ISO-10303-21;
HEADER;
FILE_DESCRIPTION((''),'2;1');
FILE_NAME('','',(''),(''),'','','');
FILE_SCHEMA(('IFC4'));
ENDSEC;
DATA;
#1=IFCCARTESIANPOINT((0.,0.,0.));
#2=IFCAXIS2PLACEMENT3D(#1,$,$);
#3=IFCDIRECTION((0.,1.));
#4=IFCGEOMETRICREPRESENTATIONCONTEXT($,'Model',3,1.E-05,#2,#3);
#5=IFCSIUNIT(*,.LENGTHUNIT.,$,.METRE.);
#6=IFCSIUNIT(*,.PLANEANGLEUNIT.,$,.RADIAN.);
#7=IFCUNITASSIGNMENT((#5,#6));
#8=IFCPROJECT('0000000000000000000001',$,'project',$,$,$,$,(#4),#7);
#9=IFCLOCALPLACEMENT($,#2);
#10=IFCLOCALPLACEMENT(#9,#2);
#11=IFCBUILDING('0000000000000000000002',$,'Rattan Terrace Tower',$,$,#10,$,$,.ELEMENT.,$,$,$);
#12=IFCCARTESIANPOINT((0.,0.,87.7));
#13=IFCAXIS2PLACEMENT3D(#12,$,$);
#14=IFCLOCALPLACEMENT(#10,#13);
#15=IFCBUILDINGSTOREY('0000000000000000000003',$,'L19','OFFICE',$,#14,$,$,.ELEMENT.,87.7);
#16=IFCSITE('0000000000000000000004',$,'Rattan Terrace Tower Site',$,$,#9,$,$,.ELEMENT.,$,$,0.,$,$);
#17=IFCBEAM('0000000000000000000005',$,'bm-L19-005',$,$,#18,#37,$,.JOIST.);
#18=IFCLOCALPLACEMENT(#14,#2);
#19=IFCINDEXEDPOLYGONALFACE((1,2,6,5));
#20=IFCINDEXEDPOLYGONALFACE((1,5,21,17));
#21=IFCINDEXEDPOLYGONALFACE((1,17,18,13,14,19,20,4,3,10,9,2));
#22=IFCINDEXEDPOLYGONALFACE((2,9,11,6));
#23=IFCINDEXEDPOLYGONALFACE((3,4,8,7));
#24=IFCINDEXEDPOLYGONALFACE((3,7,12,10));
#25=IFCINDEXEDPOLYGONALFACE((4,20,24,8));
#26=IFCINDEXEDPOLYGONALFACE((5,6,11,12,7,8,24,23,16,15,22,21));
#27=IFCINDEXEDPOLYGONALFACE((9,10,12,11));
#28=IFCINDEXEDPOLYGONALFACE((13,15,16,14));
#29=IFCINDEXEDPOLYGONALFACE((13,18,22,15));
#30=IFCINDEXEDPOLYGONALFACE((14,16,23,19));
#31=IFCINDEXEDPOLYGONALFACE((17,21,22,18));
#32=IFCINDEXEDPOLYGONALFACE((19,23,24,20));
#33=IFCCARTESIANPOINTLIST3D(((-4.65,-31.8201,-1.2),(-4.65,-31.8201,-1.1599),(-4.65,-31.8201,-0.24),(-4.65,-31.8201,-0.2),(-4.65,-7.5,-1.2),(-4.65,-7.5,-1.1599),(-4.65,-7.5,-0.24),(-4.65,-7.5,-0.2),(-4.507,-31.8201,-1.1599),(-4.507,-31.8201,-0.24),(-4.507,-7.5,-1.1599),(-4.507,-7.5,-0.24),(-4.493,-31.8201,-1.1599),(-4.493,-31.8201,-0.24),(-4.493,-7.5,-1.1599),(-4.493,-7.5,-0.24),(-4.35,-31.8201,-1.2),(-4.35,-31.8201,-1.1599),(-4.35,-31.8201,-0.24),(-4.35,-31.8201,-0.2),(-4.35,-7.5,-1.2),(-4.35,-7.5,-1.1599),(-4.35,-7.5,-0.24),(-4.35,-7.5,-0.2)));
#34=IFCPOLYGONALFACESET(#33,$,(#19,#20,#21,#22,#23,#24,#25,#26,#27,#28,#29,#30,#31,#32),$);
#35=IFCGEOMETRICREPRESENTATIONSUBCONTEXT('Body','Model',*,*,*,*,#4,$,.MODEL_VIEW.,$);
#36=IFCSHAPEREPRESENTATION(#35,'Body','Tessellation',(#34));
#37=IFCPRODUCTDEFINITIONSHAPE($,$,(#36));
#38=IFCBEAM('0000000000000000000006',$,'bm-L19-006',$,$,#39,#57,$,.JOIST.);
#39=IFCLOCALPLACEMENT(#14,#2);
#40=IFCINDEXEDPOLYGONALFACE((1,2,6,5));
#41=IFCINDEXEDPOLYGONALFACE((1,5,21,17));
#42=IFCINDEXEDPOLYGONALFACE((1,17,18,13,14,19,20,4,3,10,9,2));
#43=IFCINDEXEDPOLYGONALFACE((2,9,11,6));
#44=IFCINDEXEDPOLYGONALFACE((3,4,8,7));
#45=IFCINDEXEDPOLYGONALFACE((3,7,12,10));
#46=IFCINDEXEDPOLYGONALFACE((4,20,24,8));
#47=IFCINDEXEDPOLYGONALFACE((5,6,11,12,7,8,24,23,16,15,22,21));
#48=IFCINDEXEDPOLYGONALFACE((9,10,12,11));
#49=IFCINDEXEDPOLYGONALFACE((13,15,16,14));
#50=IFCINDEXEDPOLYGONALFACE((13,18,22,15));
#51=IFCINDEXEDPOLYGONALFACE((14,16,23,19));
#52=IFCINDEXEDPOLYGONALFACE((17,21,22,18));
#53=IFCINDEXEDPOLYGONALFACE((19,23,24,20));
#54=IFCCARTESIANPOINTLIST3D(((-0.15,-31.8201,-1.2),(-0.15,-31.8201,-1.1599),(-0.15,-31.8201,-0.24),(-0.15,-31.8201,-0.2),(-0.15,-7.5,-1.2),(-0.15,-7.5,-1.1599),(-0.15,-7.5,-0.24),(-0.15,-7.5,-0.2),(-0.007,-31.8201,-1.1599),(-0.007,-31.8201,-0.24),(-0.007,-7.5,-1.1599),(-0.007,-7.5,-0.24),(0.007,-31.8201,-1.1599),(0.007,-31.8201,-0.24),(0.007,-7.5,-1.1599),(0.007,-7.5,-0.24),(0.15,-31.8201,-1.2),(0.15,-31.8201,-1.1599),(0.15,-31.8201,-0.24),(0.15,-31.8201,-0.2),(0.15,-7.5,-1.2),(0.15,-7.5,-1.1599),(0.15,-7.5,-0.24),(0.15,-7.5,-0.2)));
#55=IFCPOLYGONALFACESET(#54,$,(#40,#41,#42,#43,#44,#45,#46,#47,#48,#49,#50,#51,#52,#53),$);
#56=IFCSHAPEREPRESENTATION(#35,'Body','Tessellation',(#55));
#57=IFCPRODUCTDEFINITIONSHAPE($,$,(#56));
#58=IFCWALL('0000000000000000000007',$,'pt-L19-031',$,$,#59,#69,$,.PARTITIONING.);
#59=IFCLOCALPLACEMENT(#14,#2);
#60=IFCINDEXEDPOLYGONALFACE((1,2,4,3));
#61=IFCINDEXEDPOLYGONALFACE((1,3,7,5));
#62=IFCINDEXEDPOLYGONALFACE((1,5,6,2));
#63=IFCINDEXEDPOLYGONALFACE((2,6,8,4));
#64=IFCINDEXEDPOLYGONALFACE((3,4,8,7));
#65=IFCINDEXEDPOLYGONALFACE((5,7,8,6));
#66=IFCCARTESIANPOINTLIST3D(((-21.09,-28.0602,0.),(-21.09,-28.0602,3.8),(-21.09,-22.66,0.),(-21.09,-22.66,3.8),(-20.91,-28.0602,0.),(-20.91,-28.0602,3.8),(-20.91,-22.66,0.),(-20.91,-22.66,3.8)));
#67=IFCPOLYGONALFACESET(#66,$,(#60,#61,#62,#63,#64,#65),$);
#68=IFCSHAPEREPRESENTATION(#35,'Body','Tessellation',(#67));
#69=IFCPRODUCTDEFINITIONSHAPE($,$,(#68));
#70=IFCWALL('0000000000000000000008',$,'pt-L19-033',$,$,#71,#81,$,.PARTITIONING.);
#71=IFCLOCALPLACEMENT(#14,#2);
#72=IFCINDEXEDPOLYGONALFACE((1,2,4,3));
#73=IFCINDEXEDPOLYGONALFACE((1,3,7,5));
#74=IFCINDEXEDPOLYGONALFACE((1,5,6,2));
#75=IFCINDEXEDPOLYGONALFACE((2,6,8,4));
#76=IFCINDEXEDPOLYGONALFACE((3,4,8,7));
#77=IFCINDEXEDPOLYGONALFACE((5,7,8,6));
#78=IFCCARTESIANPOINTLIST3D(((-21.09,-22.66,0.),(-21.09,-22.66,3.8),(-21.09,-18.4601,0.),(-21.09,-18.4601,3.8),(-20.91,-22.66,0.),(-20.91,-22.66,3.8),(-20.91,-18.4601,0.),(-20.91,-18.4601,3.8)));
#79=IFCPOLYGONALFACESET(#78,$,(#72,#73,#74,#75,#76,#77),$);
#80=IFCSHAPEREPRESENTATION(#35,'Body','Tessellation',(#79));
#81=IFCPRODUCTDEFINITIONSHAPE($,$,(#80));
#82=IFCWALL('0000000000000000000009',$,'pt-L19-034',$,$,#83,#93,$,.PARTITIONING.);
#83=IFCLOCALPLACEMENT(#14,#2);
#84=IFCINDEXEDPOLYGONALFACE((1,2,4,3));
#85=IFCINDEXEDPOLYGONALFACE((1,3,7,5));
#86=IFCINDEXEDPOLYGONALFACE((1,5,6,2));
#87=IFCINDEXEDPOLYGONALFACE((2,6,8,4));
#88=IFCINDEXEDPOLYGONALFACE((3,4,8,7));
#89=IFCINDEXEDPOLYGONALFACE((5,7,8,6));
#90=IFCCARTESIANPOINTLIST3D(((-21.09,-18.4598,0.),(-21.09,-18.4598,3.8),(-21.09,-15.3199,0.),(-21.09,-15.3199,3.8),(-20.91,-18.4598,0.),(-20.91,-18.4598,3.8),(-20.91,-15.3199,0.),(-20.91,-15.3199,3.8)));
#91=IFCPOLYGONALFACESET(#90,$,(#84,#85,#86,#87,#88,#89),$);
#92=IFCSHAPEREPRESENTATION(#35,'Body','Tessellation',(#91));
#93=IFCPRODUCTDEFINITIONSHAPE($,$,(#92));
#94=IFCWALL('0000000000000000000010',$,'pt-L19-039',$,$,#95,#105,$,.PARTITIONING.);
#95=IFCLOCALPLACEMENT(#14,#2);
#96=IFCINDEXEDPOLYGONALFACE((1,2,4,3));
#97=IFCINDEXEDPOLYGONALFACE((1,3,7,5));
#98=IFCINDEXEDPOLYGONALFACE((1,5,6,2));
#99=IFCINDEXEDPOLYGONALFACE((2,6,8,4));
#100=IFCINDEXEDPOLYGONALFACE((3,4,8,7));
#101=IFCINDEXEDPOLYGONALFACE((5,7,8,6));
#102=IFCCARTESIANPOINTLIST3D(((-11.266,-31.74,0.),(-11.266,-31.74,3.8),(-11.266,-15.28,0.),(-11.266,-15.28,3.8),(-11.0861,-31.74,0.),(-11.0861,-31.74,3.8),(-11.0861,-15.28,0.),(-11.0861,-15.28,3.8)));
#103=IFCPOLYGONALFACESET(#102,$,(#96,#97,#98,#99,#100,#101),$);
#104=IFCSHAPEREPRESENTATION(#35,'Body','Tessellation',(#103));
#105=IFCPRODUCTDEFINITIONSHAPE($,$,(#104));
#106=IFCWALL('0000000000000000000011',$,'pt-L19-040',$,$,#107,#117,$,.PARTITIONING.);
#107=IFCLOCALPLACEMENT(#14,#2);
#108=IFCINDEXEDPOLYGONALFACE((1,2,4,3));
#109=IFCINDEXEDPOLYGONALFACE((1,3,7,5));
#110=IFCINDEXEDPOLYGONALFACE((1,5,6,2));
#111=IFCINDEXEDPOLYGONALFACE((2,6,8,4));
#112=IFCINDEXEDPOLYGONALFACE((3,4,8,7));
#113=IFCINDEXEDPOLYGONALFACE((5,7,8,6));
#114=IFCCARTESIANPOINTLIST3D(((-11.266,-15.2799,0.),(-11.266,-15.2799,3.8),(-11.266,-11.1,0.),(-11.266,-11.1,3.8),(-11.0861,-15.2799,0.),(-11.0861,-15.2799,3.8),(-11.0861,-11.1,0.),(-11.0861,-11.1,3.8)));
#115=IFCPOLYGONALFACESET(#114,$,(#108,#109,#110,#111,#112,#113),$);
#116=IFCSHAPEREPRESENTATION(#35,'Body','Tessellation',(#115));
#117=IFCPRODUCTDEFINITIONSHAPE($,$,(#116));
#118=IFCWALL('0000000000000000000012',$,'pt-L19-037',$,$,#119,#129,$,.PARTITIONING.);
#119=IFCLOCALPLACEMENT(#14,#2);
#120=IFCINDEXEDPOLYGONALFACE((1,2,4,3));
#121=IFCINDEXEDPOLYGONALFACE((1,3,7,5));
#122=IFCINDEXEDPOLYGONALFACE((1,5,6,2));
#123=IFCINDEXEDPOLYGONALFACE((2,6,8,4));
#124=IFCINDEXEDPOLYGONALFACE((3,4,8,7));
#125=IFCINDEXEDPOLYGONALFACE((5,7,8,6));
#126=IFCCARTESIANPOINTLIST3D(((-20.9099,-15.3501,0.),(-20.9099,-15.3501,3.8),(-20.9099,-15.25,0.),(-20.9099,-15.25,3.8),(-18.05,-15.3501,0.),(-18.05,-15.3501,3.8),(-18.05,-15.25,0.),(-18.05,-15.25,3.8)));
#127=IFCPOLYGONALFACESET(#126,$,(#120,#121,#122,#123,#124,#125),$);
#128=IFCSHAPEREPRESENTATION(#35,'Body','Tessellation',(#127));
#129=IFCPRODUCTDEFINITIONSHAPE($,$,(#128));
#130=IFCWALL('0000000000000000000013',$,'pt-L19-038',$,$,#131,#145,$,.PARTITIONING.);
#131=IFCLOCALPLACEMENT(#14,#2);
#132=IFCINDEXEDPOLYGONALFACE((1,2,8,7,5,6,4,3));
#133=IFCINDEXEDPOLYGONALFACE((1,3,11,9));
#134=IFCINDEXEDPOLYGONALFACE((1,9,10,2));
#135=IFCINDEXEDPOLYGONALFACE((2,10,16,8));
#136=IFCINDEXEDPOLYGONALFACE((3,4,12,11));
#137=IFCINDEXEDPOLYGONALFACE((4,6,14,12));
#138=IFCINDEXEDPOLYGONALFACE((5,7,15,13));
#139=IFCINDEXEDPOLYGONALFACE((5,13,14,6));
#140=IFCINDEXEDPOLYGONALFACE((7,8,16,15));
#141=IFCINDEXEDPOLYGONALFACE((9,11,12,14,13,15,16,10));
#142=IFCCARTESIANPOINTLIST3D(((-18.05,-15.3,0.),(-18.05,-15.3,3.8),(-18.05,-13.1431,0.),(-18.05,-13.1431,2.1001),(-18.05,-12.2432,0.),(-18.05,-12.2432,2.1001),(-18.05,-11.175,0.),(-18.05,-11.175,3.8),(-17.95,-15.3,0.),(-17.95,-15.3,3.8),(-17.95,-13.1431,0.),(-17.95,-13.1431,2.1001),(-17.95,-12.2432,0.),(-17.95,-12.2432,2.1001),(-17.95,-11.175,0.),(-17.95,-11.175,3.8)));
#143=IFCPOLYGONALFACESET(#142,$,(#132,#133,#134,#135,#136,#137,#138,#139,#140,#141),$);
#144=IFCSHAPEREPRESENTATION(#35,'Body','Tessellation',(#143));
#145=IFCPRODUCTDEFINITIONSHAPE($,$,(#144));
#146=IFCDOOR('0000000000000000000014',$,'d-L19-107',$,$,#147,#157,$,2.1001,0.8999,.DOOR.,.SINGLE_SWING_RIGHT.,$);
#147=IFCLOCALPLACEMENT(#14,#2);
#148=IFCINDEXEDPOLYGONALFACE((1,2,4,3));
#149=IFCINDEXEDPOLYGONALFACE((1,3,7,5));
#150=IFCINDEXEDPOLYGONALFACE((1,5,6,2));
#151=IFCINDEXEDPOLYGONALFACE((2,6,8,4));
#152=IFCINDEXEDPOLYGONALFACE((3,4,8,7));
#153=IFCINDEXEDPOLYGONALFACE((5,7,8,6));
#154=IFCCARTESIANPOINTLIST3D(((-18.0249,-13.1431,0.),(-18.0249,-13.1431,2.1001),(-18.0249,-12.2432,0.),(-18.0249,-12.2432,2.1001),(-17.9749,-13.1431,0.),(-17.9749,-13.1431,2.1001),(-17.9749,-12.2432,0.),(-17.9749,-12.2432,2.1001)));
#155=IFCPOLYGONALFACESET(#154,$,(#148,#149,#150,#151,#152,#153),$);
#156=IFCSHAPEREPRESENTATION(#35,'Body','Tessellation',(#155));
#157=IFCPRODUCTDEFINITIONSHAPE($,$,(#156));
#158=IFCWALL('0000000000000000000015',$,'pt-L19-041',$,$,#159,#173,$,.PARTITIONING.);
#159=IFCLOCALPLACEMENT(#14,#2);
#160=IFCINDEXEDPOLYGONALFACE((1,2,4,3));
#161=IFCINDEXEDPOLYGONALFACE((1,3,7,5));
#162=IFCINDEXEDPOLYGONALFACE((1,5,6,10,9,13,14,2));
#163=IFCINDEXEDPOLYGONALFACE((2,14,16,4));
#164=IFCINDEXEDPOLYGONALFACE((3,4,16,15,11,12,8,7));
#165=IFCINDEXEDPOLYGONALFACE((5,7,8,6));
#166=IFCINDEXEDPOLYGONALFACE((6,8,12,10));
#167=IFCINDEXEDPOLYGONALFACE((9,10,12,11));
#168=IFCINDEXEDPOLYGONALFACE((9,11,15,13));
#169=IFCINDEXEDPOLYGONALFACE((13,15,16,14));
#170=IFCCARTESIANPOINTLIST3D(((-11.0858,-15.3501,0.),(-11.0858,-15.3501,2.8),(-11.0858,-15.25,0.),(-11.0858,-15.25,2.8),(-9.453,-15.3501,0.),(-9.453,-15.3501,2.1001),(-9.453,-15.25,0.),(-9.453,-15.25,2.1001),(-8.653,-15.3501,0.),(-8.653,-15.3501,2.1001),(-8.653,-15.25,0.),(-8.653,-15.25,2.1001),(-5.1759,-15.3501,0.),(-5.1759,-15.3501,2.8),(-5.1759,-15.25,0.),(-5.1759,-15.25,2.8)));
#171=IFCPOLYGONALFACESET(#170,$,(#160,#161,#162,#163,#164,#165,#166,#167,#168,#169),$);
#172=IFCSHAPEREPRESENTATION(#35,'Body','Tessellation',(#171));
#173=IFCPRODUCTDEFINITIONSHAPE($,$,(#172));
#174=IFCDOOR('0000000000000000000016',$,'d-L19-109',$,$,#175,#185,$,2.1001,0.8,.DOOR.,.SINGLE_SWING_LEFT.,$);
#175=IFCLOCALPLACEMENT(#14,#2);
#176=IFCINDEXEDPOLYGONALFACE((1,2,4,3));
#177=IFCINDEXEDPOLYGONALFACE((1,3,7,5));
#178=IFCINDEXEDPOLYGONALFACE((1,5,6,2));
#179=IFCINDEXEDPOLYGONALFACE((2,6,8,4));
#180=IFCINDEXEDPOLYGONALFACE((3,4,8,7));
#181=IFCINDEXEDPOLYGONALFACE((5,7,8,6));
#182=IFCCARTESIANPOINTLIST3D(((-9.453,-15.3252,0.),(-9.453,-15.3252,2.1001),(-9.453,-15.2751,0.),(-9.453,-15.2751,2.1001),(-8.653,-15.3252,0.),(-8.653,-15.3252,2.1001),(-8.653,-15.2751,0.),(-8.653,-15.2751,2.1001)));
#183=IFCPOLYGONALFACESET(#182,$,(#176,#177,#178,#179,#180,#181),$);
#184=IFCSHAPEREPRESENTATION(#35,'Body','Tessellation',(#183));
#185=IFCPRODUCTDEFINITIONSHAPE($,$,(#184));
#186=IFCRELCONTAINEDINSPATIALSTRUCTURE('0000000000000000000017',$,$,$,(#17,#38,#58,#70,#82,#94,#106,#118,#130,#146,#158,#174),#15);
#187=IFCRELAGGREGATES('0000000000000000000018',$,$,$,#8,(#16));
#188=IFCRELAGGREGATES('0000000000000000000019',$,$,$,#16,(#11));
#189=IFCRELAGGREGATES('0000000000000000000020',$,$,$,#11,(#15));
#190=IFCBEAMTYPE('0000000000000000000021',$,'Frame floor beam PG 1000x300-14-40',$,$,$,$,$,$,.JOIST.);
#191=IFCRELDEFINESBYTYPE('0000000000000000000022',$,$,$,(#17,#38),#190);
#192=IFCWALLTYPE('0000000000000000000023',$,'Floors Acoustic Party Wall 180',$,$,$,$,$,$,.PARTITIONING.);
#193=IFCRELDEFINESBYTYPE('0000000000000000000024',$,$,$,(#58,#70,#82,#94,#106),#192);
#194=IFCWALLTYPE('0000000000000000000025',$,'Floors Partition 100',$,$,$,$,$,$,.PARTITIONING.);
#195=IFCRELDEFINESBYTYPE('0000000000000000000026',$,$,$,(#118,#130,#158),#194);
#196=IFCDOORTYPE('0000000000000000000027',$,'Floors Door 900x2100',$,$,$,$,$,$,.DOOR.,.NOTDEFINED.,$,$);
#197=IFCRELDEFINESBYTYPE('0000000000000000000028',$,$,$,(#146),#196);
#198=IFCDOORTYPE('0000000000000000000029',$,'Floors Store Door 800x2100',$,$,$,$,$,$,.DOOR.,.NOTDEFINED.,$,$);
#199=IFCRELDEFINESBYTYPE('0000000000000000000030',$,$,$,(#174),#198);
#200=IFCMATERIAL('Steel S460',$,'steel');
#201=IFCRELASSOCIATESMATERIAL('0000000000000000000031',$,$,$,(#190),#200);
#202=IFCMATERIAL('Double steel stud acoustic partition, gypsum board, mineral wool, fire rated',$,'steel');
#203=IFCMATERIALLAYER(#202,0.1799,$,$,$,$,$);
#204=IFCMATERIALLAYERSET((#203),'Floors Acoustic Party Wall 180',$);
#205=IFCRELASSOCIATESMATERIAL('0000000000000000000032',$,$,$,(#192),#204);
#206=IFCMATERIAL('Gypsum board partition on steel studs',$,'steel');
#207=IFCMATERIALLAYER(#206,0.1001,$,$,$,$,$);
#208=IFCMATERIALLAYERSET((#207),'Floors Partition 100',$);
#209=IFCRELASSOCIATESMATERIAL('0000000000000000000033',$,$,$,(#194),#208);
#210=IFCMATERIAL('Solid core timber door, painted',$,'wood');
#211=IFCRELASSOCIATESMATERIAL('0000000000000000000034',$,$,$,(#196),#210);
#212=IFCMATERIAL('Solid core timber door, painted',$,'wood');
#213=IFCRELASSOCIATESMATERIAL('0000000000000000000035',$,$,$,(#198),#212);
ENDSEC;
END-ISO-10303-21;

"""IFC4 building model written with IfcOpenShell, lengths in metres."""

from ifc_helpers import new_model, si_unit, direction, frame, frame_2d, origin, origin_2d, place, context, subcontext, project, spatial, rectangle, i_section, extrude, material, layer, layer_set, material_profile, profile_set, type_object, element, fill, save


model = new_model("IFC4")

# Units and contexts
model_context = context("Model", 3, precision=1e-05, world=origin(), true_north=direction((0.0, 1.0)))
body_context = subcontext(model_context, "Body", "Model", "MODEL_VIEW")
ifc_project = project(units=[si_unit("LENGTHUNIT", "METRE"), si_unit("PLANEANGLEUNIT", "RADIAN")], contexts=[model_context])

# Site, building, storey
site_placement = place(None, origin())
site = spatial("IfcSite", under=ifc_project, at=site_placement, Name="Rattan Terrace Tower Site", CompositionType="ELEMENT", RefElevation=0.0)
building_placement = place(site_placement, origin())
building = spatial("IfcBuilding", under=site, at=building_placement, Name="Rattan Terrace Tower", CompositionType="ELEMENT")
storey_placement = place(building_placement, frame((0.0, 0.0, 87.7)))
storey = spatial("IfcBuildingStorey", under=building, at=storey_placement, Name="L19", Description="OFFICE", CompositionType="ELEMENT", Elevation=87.7)

# Beams
ifc_material_1 = material(Name="Steel S460", Category="steel")
ifc_material_profile = material_profile(ifc_material_1, i_section(OverallWidth=0.3, OverallDepth=1.0, WebThickness=0.0139, FlangeThickness=0.04, at=origin_2d()), Name="PG 1000x300-14-40")
ifc_profile_set = profile_set([ifc_material_profile], Name="Steel S460")
beam_type = type_object("IfcBeamType", Name="Frame floor beam PG 1000x300-14-40", PredefinedType="JOIST", material=ifc_profile_set)
for number, where, z_axis, x_axis, name in (
    (1, (-4.5, -31.8201, -0.7), (0.0, 1.0, 0.0), (-1.0, 0.0, 0.0), "bm-L19-005"),
    (2, (0.0, -31.8201, -0.7), (0.0, 1.0, 0.0), (-1.0, 0.0, 0.0), "bm-L19-006"),
):
    element("IfcBeam", number, at=place(storey_placement, frame(where, z_axis=z_axis, x_axis=x_axis)), inside=storey, type_object=beam_type, Name=name, PredefinedType="JOIST", context=body_context, shape_type="SweptSolid", body=[
        extrude(i_section(OverallWidth=0.3, OverallDepth=1.0, WebThickness=0.0139, FlangeThickness=0.04, at=origin_2d()), origin(), (0.0, 0.0, 1.0), 24.3201),
    ])

# Walls
ifc_material_2 = material(Name="Double steel stud acoustic partition, gypsum board, mineral wool, fire rated", Category="steel")
ifc_layer_1 = layer(ifc_material_2, 0.1799)
ifc_layer_set_1 = layer_set([ifc_layer_1], Name="Floors Acoustic Party Wall 180")
wall_type_1 = type_object("IfcWallType", Name="Floors Acoustic Party Wall 180", PredefinedType="PARTITIONING", material=ifc_layer_set_1)
wall_1_placement = place(storey_placement, frame((-21.0, -22.6599, 0.0), z_axis=(0.0, 0.0, 1.0), x_axis=(0.0, -1.0, 0.0)))
element("IfcWall", 3, at=wall_1_placement, inside=storey, type_object=wall_type_1, Name="pt-L19-031", PredefinedType="PARTITIONING", context=body_context, shape_type="SweptSolid", body=[
    extrude(rectangle(XDim=5.4001, YDim=0.1799, at=frame_2d((2.7002, 0.0))), origin(), (0.0, 0.0, 1.0), 3.8),
])
wall_2_placement = place(storey_placement, frame((-21.0, -18.46, 0.0), z_axis=(0.0, 0.0, 1.0), x_axis=(0.0, -1.0, 0.0)))
element("IfcWall", 4, at=wall_2_placement, inside=storey, type_object=wall_type_1, Name="pt-L19-033", PredefinedType="PARTITIONING", context=body_context, shape_type="SweptSolid", body=[
    extrude(rectangle(XDim=4.2, YDim=0.1799, at=frame_2d((2.1001, 0.0))), origin(), (0.0, 0.0, 1.0), 3.8),
])
wall_3_placement = place(storey_placement, frame((-21.0, -15.3201, 0.0), z_axis=(0.0, 0.0, 1.0), x_axis=(0.0, -1.0, 0.0)))
element("IfcWall", 5, at=wall_3_placement, inside=storey, type_object=wall_type_1, Name="pt-L19-034", PredefinedType="PARTITIONING", context=body_context, shape_type="SweptSolid", body=[
    extrude(rectangle(XDim=3.1399, YDim=0.1799, at=frame_2d((1.5698, 0.0))), origin(), (0.0, 0.0, 1.0), 3.8),
])
wall_4_placement = place(storey_placement, frame((-11.176, -15.28, 0.0), z_axis=(0.0, 0.0, 1.0), x_axis=(0.0, -1.0, 0.0)))
element("IfcWall", 6, at=wall_4_placement, inside=storey, type_object=wall_type_1, Name="pt-L19-039", PredefinedType="PARTITIONING", context=body_context, shape_type="SweptSolid", body=[
    extrude(rectangle(XDim=16.46, YDim=0.1799, at=frame_2d((8.23, 0.0))), origin(), (0.0, 0.0, 1.0), 3.8),
])
wall_5_placement = place(storey_placement, frame((-11.176, -11.1001, 0.0), z_axis=(0.0, 0.0, 1.0), x_axis=(0.0, -1.0, 0.0)))
element("IfcWall", 7, at=wall_5_placement, inside=storey, type_object=wall_type_1, Name="pt-L19-040", PredefinedType="PARTITIONING", context=body_context, shape_type="SweptSolid", body=[
    extrude(rectangle(XDim=4.1799, YDim=0.1799, at=frame_2d((2.0898, 0.0))), origin(), (0.0, 0.0, 1.0), 3.8),
])
ifc_material_3 = material(Name="Gypsum board partition on steel studs", Category="steel")
ifc_layer_2 = layer(ifc_material_3, 0.1001)
ifc_layer_set_2 = layer_set([ifc_layer_2], Name="Floors Partition 100")
wall_type_2 = type_object("IfcWallType", Name="Floors Partition 100", PredefinedType="PARTITIONING", material=ifc_layer_set_2)
wall_6_placement = place(storey_placement, frame((-20.9099, -15.3, 0.0), z_axis=(0.0, 0.0, 1.0), x_axis=(1.0, 0.0, 0.0)))
element("IfcWall", 8, at=wall_6_placement, inside=storey, type_object=wall_type_2, Name="pt-L19-037", PredefinedType="PARTITIONING", context=body_context, shape_type="SweptSolid", body=[
    extrude(rectangle(XDim=2.8599, YDim=0.1001, at=frame_2d((1.4299, 0.0))), origin(), (0.0, 0.0, 1.0), 3.8),
])

# Walls, openings, doors
wall_7_placement = place(storey_placement, frame((-18.0, -15.3, 0.0), z_axis=(0.0, 0.0, 1.0), x_axis=(0.0, 1.0, 0.0)))
wall_7 = element("IfcWall", 9, at=wall_7_placement, inside=storey, type_object=wall_type_2, Name="pt-L19-038", PredefinedType="PARTITIONING", context=body_context, shape_type="SweptSolid", body=[
    extrude(rectangle(XDim=4.125, YDim=0.1001, at=frame_2d((2.0625, 0.0))), origin(), (0.0, 0.0, 1.0), 3.8),
])
opening_1_placement = place(wall_7_placement, frame((2.157, 0.0, 0.0)))
opening_1 = element("IfcOpeningElement", 10, at=opening_1_placement, cuts=wall_7, PredefinedType="OPENING", context=body_context, shape_type="SweptSolid", body=[
    extrude(rectangle(XDim=0.8999, YDim=2.1001, at=frame_2d((0.45, 1.05))), frame((0.0, 0.0605, 0.0), z_axis=(0.0, -1.0, 0.0), x_axis=(1.0, 0.0, 0.0)), (0.0, 0.0, 1.0), 0.1211),
])
ifc_material_4 = material(Name="Solid core timber door, painted", Category="wood")
door_type_1 = type_object("IfcDoorType", Name="Floors Door 900x2100", OperationType="NOTDEFINED", PredefinedType="DOOR", material=ifc_material_4)
door_1_placement = place(opening_1_placement, origin())
door_1 = element("IfcDoor", 11, at=door_1_placement, inside=storey, type_object=door_type_1, Name="d-L19-107", OperationType="SINGLE_SWING_RIGHT", OverallHeight=2.1001, OverallWidth=0.8999, PredefinedType="DOOR", context=body_context, shape_type="SweptSolid", body=[
    extrude(rectangle(XDim=0.8999, YDim=2.1001, at=frame_2d((0.45, 1.05))), frame((0.0, 0.0249, 0.0), z_axis=(0.0, -1.0, 0.0), x_axis=(1.0, 0.0, 0.0)), (0.0, 0.0, 1.0), 0.05),
])
fill(opening_1, door_1)
wall_8_placement = place(storey_placement, frame((-11.0859, -15.3, 0.0), z_axis=(0.0, 0.0, 1.0), x_axis=(1.0, 0.0, 0.0)))
wall_8 = element("IfcWall", 12, at=wall_8_placement, inside=storey, type_object=wall_type_2, Name="pt-L19-041", PredefinedType="PARTITIONING", context=body_context, shape_type="SweptSolid", body=[
    extrude(rectangle(XDim=5.9099, YDim=0.1001, at=frame_2d((2.9551, 0.0))), origin(), (0.0, 0.0, 1.0), 2.8),
])
opening_2_placement = place(wall_8_placement, frame((1.6331, 0.0, 0.0)))
opening_2 = element("IfcOpeningElement", 13, at=opening_2_placement, cuts=wall_8, PredefinedType="OPENING", context=body_context, shape_type="SweptSolid", body=[
    extrude(rectangle(XDim=0.8, YDim=2.1001, at=frame_2d((0.3999, 1.05))), frame((0.0, 0.0605, 0.0), z_axis=(0.0, -1.0, 0.0), x_axis=(1.0, 0.0, 0.0)), (0.0, 0.0, 1.0), 0.1211),
])
ifc_material_5 = material(Name="Solid core timber door, painted", Category="wood")
door_type_2 = type_object("IfcDoorType", Name="Floors Store Door 800x2100", OperationType="NOTDEFINED", PredefinedType="DOOR", material=ifc_material_5)
door_2_placement = place(opening_2_placement, origin())
door_2 = element("IfcDoor", 14, at=door_2_placement, inside=storey, type_object=door_type_2, Name="d-L19-109", OperationType="SINGLE_SWING_LEFT", OverallHeight=2.1001, OverallWidth=0.8, PredefinedType="DOOR", context=body_context, shape_type="SweptSolid", body=[
    extrude(rectangle(XDim=0.8, YDim=2.1001, at=frame_2d((0.3999, 1.05))), frame((0.0, 0.0249, 0.0), z_axis=(0.0, -1.0, 0.0), x_axis=(1.0, 0.0, 0.0)), (0.0, 0.0, 1.0), 0.05),
])
fill(opening_2, door_2)

save(model, "model.ifc")
